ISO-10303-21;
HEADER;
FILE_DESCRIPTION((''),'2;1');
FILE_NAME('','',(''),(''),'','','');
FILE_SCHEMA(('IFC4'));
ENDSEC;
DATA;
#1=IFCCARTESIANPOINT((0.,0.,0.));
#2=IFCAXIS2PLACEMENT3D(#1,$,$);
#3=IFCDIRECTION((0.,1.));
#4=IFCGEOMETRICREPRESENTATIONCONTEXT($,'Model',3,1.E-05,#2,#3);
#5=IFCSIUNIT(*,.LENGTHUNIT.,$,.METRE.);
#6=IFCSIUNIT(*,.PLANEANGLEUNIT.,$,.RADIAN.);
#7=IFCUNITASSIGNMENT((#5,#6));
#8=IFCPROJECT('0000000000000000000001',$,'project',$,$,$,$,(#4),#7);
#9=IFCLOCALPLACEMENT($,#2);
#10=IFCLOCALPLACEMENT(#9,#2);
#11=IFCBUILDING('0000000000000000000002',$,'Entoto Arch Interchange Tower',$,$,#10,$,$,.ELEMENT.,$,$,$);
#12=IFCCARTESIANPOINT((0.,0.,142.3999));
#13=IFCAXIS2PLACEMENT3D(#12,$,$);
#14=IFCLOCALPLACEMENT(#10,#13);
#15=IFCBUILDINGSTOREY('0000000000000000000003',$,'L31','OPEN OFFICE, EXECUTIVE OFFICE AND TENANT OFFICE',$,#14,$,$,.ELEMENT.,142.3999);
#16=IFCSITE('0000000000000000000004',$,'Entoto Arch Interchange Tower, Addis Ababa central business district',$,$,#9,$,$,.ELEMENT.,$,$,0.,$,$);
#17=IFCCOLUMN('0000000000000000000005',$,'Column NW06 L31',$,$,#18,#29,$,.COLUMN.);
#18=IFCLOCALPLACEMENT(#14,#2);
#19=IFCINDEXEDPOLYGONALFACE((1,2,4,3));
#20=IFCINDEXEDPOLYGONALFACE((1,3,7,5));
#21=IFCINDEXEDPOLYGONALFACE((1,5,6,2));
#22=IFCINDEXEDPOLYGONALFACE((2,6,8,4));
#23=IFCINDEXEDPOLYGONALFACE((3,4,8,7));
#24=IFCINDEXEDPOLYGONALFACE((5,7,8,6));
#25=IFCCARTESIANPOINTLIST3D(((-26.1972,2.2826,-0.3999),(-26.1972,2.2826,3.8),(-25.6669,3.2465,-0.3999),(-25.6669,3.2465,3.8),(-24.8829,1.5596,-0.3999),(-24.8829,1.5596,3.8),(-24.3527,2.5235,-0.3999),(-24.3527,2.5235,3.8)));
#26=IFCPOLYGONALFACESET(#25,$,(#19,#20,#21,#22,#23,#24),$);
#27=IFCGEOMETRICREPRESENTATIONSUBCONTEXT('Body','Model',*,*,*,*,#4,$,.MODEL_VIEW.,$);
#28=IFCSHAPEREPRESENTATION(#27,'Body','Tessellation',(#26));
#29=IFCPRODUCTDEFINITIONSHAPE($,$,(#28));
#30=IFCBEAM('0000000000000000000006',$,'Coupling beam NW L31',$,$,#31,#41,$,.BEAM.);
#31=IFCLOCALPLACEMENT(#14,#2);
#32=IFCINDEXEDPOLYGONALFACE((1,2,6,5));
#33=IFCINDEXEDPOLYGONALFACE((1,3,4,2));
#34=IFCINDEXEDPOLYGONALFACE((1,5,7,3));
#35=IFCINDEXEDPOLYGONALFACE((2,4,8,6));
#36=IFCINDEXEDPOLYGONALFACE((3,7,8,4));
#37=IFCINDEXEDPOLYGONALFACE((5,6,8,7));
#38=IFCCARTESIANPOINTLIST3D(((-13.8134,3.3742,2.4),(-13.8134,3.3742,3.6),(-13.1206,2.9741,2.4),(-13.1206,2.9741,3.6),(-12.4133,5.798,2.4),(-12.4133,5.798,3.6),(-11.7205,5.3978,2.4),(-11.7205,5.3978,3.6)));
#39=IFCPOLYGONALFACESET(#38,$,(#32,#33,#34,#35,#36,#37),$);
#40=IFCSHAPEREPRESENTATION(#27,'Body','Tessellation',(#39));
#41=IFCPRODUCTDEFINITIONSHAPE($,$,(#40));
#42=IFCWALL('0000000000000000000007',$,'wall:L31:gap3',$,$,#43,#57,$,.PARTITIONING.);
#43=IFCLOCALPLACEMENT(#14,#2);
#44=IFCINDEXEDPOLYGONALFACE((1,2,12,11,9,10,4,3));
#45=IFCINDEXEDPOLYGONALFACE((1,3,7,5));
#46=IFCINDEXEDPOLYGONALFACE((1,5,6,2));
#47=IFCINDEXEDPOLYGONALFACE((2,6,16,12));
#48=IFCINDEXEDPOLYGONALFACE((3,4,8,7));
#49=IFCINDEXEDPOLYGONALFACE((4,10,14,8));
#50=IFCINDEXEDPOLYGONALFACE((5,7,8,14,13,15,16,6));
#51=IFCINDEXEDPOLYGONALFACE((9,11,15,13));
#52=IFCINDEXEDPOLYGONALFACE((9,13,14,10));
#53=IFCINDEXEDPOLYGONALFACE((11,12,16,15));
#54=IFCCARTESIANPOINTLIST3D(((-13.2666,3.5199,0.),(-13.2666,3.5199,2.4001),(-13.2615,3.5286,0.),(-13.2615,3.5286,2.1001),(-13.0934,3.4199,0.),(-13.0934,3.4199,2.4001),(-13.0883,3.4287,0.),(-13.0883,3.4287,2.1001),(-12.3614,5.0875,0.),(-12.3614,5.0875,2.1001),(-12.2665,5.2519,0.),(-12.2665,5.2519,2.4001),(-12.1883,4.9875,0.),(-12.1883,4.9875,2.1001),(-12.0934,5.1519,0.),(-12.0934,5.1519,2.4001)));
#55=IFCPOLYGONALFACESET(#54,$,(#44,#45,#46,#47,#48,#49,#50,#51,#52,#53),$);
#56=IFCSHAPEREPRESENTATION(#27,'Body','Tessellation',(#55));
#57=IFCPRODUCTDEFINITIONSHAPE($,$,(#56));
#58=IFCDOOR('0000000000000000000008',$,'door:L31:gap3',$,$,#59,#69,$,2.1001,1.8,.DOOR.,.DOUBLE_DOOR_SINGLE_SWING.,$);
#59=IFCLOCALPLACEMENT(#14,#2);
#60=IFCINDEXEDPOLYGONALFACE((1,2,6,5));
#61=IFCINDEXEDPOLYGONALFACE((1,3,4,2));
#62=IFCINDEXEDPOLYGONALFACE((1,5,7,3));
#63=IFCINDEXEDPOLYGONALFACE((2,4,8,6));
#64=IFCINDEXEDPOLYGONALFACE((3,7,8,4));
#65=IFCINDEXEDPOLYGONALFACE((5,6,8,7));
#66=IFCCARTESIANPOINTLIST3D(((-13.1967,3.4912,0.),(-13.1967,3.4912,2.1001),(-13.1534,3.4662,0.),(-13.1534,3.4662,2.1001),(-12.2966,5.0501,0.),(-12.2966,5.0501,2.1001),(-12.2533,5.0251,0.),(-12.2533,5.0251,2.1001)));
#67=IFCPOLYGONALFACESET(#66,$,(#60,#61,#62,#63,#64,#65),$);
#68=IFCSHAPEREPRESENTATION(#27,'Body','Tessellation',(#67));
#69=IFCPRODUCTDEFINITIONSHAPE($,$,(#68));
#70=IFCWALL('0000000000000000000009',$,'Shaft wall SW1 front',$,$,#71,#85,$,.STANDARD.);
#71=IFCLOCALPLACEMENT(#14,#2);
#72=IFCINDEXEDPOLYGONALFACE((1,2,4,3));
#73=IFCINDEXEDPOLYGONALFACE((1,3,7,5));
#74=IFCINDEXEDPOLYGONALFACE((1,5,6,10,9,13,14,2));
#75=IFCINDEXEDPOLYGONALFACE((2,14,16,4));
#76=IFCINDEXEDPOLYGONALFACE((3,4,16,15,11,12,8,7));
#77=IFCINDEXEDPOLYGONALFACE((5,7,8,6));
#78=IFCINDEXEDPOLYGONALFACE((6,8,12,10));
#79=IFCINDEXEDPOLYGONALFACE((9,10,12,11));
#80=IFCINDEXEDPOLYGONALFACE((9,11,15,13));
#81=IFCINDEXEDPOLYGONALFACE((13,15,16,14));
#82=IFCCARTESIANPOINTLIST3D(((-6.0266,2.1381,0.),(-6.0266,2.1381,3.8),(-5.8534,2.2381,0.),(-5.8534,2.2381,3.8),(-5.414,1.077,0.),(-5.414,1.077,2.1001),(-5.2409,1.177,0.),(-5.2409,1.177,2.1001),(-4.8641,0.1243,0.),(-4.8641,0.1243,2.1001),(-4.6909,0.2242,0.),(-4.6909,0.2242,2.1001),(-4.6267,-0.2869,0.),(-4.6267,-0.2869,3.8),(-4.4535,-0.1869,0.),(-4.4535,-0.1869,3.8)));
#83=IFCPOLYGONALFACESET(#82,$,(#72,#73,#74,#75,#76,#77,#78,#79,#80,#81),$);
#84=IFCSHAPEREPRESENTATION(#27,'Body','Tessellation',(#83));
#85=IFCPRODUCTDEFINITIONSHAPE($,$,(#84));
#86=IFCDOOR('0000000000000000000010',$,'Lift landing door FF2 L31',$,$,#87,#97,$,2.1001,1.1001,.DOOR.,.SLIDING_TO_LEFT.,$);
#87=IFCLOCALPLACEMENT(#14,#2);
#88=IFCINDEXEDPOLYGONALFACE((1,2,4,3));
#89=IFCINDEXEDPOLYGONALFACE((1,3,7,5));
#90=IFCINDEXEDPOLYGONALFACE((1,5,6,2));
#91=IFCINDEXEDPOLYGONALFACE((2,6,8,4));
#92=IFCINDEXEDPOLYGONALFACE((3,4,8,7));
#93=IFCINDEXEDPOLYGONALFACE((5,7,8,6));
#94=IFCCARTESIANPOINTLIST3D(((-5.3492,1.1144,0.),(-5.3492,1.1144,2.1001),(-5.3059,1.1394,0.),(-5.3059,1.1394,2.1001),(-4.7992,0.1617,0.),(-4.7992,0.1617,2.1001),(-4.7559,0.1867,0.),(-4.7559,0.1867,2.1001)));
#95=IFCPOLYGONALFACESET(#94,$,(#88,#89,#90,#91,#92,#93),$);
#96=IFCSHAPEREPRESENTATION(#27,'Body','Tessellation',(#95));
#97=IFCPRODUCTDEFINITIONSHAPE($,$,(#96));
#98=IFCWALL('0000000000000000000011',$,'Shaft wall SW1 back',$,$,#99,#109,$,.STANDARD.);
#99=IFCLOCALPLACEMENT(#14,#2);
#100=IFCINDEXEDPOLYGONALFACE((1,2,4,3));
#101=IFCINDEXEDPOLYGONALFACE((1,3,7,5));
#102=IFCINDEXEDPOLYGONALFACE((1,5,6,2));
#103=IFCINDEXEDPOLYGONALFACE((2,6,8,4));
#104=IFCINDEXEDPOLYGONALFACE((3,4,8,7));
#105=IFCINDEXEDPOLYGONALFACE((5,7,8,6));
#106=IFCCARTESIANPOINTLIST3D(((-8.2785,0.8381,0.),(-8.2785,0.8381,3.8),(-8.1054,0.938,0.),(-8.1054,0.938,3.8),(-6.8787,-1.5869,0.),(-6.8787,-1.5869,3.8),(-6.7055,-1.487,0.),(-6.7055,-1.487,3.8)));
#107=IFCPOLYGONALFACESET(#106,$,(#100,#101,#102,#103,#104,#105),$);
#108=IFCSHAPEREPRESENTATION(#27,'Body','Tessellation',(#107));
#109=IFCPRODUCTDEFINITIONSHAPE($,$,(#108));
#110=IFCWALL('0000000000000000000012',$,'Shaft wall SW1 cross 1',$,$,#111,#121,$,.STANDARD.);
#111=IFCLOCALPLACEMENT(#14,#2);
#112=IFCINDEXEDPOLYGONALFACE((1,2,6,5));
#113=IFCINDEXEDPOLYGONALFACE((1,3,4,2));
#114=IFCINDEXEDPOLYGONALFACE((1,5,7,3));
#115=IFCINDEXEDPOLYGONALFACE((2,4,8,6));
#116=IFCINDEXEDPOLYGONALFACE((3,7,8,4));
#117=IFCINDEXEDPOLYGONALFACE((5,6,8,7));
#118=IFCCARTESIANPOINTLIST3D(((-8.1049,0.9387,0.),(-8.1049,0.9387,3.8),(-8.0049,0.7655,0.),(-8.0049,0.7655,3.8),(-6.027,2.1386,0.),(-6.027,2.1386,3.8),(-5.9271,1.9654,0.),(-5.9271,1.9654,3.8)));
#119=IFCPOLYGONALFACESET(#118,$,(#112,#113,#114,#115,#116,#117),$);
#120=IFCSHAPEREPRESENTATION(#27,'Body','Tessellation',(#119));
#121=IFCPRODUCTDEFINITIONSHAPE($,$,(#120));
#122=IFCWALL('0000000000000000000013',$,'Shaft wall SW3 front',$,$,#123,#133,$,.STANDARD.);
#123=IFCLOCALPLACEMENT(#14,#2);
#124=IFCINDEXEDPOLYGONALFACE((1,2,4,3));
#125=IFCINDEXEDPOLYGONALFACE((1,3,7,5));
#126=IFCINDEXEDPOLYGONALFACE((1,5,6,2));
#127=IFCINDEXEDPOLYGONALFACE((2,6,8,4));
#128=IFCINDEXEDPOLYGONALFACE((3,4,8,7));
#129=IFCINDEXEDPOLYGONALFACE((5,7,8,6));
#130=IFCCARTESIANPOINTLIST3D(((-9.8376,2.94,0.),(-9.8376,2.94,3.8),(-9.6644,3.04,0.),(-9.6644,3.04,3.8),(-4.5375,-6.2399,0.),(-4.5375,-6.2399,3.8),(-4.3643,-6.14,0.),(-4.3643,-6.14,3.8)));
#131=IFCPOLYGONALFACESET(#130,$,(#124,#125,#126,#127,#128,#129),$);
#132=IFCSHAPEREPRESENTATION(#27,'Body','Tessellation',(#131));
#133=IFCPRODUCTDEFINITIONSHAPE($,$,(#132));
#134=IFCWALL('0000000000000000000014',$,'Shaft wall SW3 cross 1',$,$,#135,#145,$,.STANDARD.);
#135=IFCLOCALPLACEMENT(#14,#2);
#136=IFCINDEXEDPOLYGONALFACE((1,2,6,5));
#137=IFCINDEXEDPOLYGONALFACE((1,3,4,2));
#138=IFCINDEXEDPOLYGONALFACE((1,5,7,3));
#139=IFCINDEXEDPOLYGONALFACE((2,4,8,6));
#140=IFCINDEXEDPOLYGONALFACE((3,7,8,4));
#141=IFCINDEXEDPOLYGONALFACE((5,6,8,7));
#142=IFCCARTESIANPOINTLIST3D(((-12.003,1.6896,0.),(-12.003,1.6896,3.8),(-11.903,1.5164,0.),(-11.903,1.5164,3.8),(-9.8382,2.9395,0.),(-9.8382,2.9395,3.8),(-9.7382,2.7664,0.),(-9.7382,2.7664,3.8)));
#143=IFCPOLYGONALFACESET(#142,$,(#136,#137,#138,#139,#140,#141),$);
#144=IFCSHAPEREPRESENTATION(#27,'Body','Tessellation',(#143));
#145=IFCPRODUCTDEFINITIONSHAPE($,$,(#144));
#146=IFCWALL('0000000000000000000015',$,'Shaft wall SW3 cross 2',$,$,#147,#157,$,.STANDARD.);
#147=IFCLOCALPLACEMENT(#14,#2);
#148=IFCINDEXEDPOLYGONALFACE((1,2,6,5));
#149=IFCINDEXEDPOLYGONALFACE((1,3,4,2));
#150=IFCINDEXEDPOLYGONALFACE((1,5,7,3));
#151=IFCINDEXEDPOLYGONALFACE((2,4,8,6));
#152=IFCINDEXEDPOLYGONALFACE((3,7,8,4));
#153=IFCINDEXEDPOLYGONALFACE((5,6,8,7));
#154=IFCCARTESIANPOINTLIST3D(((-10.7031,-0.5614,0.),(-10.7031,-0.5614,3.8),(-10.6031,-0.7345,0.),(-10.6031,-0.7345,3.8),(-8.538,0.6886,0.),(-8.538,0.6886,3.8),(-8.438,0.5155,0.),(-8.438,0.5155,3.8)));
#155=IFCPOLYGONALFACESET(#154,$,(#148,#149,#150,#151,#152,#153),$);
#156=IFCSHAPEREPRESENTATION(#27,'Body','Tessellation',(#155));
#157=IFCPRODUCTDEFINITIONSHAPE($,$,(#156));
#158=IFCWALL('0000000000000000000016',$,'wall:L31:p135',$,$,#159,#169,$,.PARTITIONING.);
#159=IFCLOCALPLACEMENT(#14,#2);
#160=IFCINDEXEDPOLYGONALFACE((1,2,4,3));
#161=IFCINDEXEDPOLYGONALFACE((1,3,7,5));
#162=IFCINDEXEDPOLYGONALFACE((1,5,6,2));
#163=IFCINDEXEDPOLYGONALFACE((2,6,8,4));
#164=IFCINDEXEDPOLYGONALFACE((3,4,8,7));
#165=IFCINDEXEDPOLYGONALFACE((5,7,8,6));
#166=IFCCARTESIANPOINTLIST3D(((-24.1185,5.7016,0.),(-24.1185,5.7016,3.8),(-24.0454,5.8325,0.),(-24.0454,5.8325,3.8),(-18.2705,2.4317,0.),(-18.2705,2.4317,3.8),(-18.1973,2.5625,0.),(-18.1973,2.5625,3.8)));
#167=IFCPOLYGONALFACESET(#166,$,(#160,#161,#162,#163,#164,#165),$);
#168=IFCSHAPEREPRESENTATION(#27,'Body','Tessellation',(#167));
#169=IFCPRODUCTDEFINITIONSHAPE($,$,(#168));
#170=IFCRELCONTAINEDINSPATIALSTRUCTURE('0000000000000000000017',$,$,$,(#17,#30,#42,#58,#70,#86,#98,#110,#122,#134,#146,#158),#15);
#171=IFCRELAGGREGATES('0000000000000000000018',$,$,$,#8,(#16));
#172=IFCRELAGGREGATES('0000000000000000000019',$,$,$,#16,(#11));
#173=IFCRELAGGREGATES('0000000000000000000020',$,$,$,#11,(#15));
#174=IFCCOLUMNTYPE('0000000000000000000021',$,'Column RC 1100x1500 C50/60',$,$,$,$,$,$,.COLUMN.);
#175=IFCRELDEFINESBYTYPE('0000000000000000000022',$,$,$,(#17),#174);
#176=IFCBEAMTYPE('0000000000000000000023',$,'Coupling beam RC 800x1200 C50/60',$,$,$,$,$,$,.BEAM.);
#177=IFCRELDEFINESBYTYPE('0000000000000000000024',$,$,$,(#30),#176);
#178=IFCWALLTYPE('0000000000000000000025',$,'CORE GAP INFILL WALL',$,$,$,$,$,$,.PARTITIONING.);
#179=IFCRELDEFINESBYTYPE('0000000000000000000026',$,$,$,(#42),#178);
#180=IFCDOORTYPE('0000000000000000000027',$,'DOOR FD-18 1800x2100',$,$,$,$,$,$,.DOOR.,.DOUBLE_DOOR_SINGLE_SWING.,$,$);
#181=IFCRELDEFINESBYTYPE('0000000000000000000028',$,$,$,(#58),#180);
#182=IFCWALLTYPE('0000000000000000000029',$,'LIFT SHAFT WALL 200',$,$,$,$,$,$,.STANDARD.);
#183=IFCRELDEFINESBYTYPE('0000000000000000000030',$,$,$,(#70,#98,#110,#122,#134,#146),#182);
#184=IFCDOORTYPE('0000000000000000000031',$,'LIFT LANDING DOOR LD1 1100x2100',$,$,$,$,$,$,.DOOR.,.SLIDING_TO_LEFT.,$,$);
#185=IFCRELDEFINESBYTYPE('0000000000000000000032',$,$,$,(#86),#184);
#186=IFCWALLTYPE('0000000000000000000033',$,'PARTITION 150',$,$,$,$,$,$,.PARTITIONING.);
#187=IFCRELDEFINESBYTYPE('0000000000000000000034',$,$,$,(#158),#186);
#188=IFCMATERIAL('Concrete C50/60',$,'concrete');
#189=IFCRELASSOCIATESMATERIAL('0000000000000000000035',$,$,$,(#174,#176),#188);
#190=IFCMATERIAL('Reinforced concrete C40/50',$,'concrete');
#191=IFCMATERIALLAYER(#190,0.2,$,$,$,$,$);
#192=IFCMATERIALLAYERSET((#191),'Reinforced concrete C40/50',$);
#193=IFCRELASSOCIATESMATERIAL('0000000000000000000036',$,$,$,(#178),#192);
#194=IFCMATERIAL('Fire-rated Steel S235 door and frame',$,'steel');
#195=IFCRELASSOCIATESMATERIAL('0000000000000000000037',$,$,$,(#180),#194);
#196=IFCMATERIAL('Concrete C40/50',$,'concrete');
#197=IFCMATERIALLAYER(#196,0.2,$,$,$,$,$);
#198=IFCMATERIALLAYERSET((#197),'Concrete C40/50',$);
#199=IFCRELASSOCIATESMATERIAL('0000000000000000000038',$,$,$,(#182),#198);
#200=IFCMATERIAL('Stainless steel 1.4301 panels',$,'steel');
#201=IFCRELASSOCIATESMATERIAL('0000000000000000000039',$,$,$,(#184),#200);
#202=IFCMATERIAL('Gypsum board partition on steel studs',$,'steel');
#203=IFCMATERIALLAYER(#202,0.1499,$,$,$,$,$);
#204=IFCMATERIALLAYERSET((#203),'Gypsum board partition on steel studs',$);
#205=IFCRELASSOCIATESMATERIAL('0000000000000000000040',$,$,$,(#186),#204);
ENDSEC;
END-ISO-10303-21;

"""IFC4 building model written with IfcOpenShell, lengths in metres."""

from ifc_helpers import new_model, si_unit, direction, frame, frame_2d, origin, origin_2d, place, context, subcontext, project, spatial, rectangle, extrude, material, layer, layer_set, material_profile, profile_set, type_object, element, fill, save


model = new_model("IFC4")

# Units and contexts
model_context = context("Model", 3, precision=1e-05, world=origin(), true_north=direction((0.0, 1.0)))
body_context = subcontext(model_context, "Body", "Model", "MODEL_VIEW")
ifc_project = project(units=[si_unit("LENGTHUNIT", "METRE"), si_unit("PLANEANGLEUNIT", "RADIAN")], contexts=[model_context])

# Site, building, storey
site_placement = place(None, origin())
site = spatial("IfcSite", under=ifc_project, at=site_placement, Name="Entoto Arch Interchange Tower, Addis Ababa central business district", CompositionType="ELEMENT", RefElevation=0.0)
building_placement = place(site_placement, origin())
building = spatial("IfcBuilding", under=site, at=building_placement, Name="Entoto Arch Interchange Tower", CompositionType="ELEMENT")
storey_placement = place(building_placement, frame((0.0, 0.0, 142.3999)))
storey = spatial("IfcBuildingStorey", under=building, at=storey_placement, Name="L31", Description="OPEN OFFICE, EXECUTIVE OFFICE AND TENANT OFFICE", CompositionType="ELEMENT", Elevation=142.3999)

# Column
ifc_material_1 = material(Name="Concrete C50/60", Category="concrete")
ifc_material_profile_1 = material_profile(ifc_material_1, rectangle(XDim=1.1001, YDim=1.5, at=origin_2d()))
ifc_profile_set_1 = profile_set([ifc_material_profile_1], Name="Concrete C50/60")
column_type = type_object("IfcColumnType", Name="Column RC 1100x1500 C50/60", PredefinedType="COLUMN", material=ifc_profile_set_1)
column_placement = place(storey_placement, frame((-25.2749, 2.4031, -0.3999), z_axis=(0.0, 0.0, 1.0), x_axis=(0.481983, 0.876181, 0.0)))
element("IfcColumn", 1, at=column_placement, inside=storey, type_object=column_type, Name="Column NW06 L31", PredefinedType="COLUMN", context=body_context, shape_type="SweptSolid", body=[
    extrude(rectangle(XDim=1.1001, YDim=1.5, at=origin_2d()), origin(), (0.0, 0.0, 1.0), 4.2),
])

# Beam
ifc_material_profile_2 = material_profile(ifc_material_1, rectangle(XDim=0.8, YDim=1.2, at=origin_2d()))
ifc_profile_set_2 = profile_set([ifc_material_profile_2], Name="Concrete C50/60")
beam_type = type_object("IfcBeamType", Name="Coupling beam RC 800x1200 C50/60", PredefinedType="BEAM", material=ifc_profile_set_2)
beam_placement = place(storey_placement, frame((-12.0669, 5.5979, 3.0), z_axis=(-0.500201, -0.86591, 0.0), x_axis=(0.86591, -0.500201, 0.0)))
element("IfcBeam", 2, at=beam_placement, inside=storey, type_object=beam_type, Name="Coupling beam NW L31", PredefinedType="BEAM", context=body_context, shape_type="SweptSolid", body=[
    extrude(rectangle(XDim=0.8, YDim=1.2, at=origin_2d()), origin(), (0.0, 0.0, 1.0), 2.7991),
])

# Walls, openings, doors
ifc_material_2 = material(Name="Reinforced concrete C40/50", Category="concrete")
ifc_layer_1 = layer(ifc_material_2, 0.2)
ifc_layer_set_1 = layer_set([ifc_layer_1], Name="Reinforced concrete C40/50")
wall_type_1 = type_object("IfcWallType", Name="CORE GAP INFILL WALL", PredefinedType="PARTITIONING", material=ifc_layer_set_1)
wall_1_placement = place(storey_placement, frame((-12.1799, 5.2019, 0.0), z_axis=(0.0, 0.0, 1.0), x_axis=(-0.500025, -0.866011, 0.0)))
wall_1 = element("IfcWall", 3, at=wall_1_placement, inside=storey, type_object=wall_type_1, Name="wall:L31:gap3", PredefinedType="PARTITIONING", context=body_context, shape_type="SweptSolid", body=[
    extrude(rectangle(XDim=2.0, YDim=0.2, at=frame_2d((1.0, 0.0))), origin(), (0.0, 0.0, 1.0), 2.4001),
])
opening_1_placement = place(wall_1_placement, frame((0.1899, 0.0, 0.0)))
opening_1 = element("IfcOpeningElement", 4, at=opening_1_placement, cuts=wall_1, PredefinedType="OPENING", context=body_context, shape_type="SweptSolid", body=[
    extrude(rectangle(XDim=1.8, YDim=2.1001, at=frame_2d((0.8999, 1.05))), frame((0.0, 0.1099, 0.0), z_axis=(0.0, -1.0, 0.0), x_axis=(1.0, 0.0, 0.0)), (0.0, 0.0, 1.0), 0.22),
])
ifc_material_3 = material(Name="Fire-rated Steel S235 door and frame", Category="steel")
door_type_1 = type_object("IfcDoorType", Name="DOOR FD-18 1800x2100", OperationType="DOUBLE_DOOR_SINGLE_SWING", PredefinedType="DOOR", material=ifc_material_3)
door_1_placement = place(opening_1_placement, origin())
door_1 = element("IfcDoor", 5, at=door_1_placement, inside=storey, type_object=door_type_1, Name="door:L31:gap3", OperationType="DOUBLE_DOOR_SINGLE_SWING", OverallHeight=2.1001, OverallWidth=1.8, PredefinedType="DOOR", context=body_context, shape_type="SweptSolid", body=[
    extrude(rectangle(XDim=1.8, YDim=2.1001, at=frame_2d((0.8999, 1.05))), frame((0.0, 0.0249, 0.0), z_axis=(0.0, -1.0, 0.0), x_axis=(1.0, 0.0, 0.0)), (0.0, 0.0, 1.0), 0.05),
])
fill(opening_1, door_1)
ifc_material_4 = material(Name="Concrete C40/50", Category="concrete")
ifc_layer_2 = layer(ifc_material_4, 0.2)
ifc_layer_set_2 = layer_set([ifc_layer_2], Name="Concrete C40/50")
wall_type_2 = type_object("IfcWallType", Name="LIFT SHAFT WALL 200", PredefinedType="STANDARD", material=ifc_layer_set_2)
wall_2_placement = place(storey_placement, frame((-5.9399, 2.188, 0.0), z_axis=(0.0, 0.0, 1.0), x_axis=(0.499946, -0.866056, 0.0)))
wall_2 = element("IfcWall", 6, at=wall_2_placement, inside=storey, type_object=wall_type_2, Name="Shaft wall SW1 front", PredefinedType="STANDARD", context=body_context, shape_type="SweptSolid", body=[
    extrude(rectangle(XDim=2.8, YDim=0.2, at=frame_2d((1.3999, 0.0))), origin(), (0.0, 0.0, 1.0), 3.8),
])
opening_2_placement = place(wall_2_placement, frame((1.2251, 0.0, 0.0)))
opening_2 = element("IfcOpeningElement", 7, at=opening_2_placement, cuts=wall_2, PredefinedType="OPENING", context=body_context, shape_type="SweptSolid", body=[
    extrude(rectangle(XDim=1.1001, YDim=2.1001, at=frame_2d((0.55, 1.05))), frame((0.0, 0.1099, 0.0), z_axis=(0.0, -1.0, 0.0), x_axis=(1.0, 0.0, 0.0)), (0.0, 0.0, 1.0), 0.22),
])
ifc_material_5 = material(Name="Stainless steel 1.4301 panels", Category="steel")
door_type_2 = type_object("IfcDoorType", Name="LIFT LANDING DOOR LD1 1100x2100", OperationType="SLIDING_TO_LEFT", PredefinedType="DOOR", material=ifc_material_5)
door_2_placement = place(opening_2_placement, origin())
door_2 = element("IfcDoor", 8, at=door_2_placement, inside=storey, type_object=door_type_2, Name="Lift landing door FF2 L31", OperationType="SLIDING_TO_LEFT", OverallHeight=2.1001, OverallWidth=1.1001, PredefinedType="DOOR", context=body_context, shape_type="SweptSolid", body=[
    extrude(rectangle(XDim=1.1001, YDim=2.1001, at=frame_2d((0.55, 1.05))), frame((0.0, 0.0249, 0.0), z_axis=(0.0, -1.0, 0.0), x_axis=(1.0, 0.0, 0.0)), (0.0, 0.0, 1.0), 0.05),
])
fill(opening_2, door_2)

# Walls
wall_3_placement = place(storey_placement, frame((-8.1919, 0.8879, 0.0), z_axis=(0.0, 0.0, 1.0), x_axis=(0.499946, -0.866056, 0.0)))
element("IfcWall", 9, at=wall_3_placement, inside=storey, type_object=wall_type_2, Name="Shaft wall SW1 back", PredefinedType="STANDARD", context=body_context, shape_type="SweptSolid", body=[
    extrude(rectangle(XDim=2.8, YDim=0.2, at=frame_2d((1.3999, 0.0))), origin(), (0.0, 0.0, 1.0), 3.8),
])
wall_4_placement = place(storey_placement, frame((-5.9771, 2.052, 0.0), z_axis=(0.0, 0.0, 1.0), x_axis=(-0.865974, -0.500089, 0.0)))
element("IfcWall", 10, at=wall_4_placement, inside=storey, type_object=wall_type_2, Name="Shaft wall SW1 cross 1", PredefinedType="STANDARD", context=body_context, shape_type="SweptSolid", body=[
    extrude(rectangle(XDim=2.3994, YDim=0.2, at=frame_2d((1.1997, 0.0))), origin(), (0.0, 0.0, 1.0), 3.8),
])
wall_5_placement = place(storey_placement, frame((-9.751, 2.99, 0.0), z_axis=(0.0, 0.0, 1.0), x_axis=(0.500001, -0.866025, 0.0)))
element("IfcWall", 11, at=wall_5_placement, inside=storey, type_object=wall_type_2, Name="Shaft wall SW3 front", PredefinedType="STANDARD", context=body_context, shape_type="SweptSolid", body=[
    extrude(rectangle(XDim=10.6001, YDim=0.2, at=frame_2d((5.3, 0.0))), origin(), (0.0, 0.0, 1.0), 3.8),
])
wall_6_placement = place(storey_placement, frame((-9.7881, 2.853, 0.0), z_axis=(0.0, 0.0, 1.0), x_axis=(-0.865999, -0.500047, 0.0)))
element("IfcWall", 12, at=wall_6_placement, inside=storey, type_object=wall_type_2, Name="Shaft wall SW3 cross 1", PredefinedType="STANDARD", context=body_context, shape_type="SweptSolid", body=[
    extrude(rectangle(XDim=2.4998, YDim=0.2, at=frame_2d((1.25, 0.0))), origin(), (0.0, 0.0, 1.0), 3.8),
])
wall_7_placement = place(storey_placement, frame((-8.488, 0.6021, 0.0), z_axis=(0.0, 0.0, 1.0), x_axis=(-0.866023, -0.500004, 0.0)))
element("IfcWall", 13, at=wall_7_placement, inside=storey, type_object=wall_type_2, Name="Shaft wall SW3 cross 2", PredefinedType="STANDARD", context=body_context, shape_type="SweptSolid", body=[
    extrude(rectangle(XDim=2.5, YDim=0.2, at=frame_2d((1.25, 0.0))), origin(), (0.0, 0.0, 1.0), 3.8),
])
ifc_material_6 = material(Name="Gypsum board partition on steel studs", Category="steel")
ifc_layer_3 = layer(ifc_material_6, 0.1499)
ifc_layer_set_3 = layer_set([ifc_layer_3], Name="Gypsum board partition on steel studs")
wall_type_3 = type_object("IfcWallType", Name="PARTITION 150", PredefinedType="PARTITIONING", material=ifc_layer_set_3)
wall_8_placement = place(storey_placement, frame((-18.2339, 2.4971, 0.0), z_axis=(0.0, 0.0, 1.0), x_axis=(-0.87282, 0.488042, 0.0)))
element("IfcWall", 14, at=wall_8_placement, inside=storey, type_object=wall_type_3, Name="wall:L31:p135", PredefinedType="PARTITIONING", context=body_context, shape_type="SweptSolid", body=[
    extrude(rectangle(XDim=6.7002, YDim=0.1499, at=frame_2d((3.3501, 0.0))), origin(), (0.0, 0.0, 1.0), 3.8),
])

save(model, "model.ifc")
